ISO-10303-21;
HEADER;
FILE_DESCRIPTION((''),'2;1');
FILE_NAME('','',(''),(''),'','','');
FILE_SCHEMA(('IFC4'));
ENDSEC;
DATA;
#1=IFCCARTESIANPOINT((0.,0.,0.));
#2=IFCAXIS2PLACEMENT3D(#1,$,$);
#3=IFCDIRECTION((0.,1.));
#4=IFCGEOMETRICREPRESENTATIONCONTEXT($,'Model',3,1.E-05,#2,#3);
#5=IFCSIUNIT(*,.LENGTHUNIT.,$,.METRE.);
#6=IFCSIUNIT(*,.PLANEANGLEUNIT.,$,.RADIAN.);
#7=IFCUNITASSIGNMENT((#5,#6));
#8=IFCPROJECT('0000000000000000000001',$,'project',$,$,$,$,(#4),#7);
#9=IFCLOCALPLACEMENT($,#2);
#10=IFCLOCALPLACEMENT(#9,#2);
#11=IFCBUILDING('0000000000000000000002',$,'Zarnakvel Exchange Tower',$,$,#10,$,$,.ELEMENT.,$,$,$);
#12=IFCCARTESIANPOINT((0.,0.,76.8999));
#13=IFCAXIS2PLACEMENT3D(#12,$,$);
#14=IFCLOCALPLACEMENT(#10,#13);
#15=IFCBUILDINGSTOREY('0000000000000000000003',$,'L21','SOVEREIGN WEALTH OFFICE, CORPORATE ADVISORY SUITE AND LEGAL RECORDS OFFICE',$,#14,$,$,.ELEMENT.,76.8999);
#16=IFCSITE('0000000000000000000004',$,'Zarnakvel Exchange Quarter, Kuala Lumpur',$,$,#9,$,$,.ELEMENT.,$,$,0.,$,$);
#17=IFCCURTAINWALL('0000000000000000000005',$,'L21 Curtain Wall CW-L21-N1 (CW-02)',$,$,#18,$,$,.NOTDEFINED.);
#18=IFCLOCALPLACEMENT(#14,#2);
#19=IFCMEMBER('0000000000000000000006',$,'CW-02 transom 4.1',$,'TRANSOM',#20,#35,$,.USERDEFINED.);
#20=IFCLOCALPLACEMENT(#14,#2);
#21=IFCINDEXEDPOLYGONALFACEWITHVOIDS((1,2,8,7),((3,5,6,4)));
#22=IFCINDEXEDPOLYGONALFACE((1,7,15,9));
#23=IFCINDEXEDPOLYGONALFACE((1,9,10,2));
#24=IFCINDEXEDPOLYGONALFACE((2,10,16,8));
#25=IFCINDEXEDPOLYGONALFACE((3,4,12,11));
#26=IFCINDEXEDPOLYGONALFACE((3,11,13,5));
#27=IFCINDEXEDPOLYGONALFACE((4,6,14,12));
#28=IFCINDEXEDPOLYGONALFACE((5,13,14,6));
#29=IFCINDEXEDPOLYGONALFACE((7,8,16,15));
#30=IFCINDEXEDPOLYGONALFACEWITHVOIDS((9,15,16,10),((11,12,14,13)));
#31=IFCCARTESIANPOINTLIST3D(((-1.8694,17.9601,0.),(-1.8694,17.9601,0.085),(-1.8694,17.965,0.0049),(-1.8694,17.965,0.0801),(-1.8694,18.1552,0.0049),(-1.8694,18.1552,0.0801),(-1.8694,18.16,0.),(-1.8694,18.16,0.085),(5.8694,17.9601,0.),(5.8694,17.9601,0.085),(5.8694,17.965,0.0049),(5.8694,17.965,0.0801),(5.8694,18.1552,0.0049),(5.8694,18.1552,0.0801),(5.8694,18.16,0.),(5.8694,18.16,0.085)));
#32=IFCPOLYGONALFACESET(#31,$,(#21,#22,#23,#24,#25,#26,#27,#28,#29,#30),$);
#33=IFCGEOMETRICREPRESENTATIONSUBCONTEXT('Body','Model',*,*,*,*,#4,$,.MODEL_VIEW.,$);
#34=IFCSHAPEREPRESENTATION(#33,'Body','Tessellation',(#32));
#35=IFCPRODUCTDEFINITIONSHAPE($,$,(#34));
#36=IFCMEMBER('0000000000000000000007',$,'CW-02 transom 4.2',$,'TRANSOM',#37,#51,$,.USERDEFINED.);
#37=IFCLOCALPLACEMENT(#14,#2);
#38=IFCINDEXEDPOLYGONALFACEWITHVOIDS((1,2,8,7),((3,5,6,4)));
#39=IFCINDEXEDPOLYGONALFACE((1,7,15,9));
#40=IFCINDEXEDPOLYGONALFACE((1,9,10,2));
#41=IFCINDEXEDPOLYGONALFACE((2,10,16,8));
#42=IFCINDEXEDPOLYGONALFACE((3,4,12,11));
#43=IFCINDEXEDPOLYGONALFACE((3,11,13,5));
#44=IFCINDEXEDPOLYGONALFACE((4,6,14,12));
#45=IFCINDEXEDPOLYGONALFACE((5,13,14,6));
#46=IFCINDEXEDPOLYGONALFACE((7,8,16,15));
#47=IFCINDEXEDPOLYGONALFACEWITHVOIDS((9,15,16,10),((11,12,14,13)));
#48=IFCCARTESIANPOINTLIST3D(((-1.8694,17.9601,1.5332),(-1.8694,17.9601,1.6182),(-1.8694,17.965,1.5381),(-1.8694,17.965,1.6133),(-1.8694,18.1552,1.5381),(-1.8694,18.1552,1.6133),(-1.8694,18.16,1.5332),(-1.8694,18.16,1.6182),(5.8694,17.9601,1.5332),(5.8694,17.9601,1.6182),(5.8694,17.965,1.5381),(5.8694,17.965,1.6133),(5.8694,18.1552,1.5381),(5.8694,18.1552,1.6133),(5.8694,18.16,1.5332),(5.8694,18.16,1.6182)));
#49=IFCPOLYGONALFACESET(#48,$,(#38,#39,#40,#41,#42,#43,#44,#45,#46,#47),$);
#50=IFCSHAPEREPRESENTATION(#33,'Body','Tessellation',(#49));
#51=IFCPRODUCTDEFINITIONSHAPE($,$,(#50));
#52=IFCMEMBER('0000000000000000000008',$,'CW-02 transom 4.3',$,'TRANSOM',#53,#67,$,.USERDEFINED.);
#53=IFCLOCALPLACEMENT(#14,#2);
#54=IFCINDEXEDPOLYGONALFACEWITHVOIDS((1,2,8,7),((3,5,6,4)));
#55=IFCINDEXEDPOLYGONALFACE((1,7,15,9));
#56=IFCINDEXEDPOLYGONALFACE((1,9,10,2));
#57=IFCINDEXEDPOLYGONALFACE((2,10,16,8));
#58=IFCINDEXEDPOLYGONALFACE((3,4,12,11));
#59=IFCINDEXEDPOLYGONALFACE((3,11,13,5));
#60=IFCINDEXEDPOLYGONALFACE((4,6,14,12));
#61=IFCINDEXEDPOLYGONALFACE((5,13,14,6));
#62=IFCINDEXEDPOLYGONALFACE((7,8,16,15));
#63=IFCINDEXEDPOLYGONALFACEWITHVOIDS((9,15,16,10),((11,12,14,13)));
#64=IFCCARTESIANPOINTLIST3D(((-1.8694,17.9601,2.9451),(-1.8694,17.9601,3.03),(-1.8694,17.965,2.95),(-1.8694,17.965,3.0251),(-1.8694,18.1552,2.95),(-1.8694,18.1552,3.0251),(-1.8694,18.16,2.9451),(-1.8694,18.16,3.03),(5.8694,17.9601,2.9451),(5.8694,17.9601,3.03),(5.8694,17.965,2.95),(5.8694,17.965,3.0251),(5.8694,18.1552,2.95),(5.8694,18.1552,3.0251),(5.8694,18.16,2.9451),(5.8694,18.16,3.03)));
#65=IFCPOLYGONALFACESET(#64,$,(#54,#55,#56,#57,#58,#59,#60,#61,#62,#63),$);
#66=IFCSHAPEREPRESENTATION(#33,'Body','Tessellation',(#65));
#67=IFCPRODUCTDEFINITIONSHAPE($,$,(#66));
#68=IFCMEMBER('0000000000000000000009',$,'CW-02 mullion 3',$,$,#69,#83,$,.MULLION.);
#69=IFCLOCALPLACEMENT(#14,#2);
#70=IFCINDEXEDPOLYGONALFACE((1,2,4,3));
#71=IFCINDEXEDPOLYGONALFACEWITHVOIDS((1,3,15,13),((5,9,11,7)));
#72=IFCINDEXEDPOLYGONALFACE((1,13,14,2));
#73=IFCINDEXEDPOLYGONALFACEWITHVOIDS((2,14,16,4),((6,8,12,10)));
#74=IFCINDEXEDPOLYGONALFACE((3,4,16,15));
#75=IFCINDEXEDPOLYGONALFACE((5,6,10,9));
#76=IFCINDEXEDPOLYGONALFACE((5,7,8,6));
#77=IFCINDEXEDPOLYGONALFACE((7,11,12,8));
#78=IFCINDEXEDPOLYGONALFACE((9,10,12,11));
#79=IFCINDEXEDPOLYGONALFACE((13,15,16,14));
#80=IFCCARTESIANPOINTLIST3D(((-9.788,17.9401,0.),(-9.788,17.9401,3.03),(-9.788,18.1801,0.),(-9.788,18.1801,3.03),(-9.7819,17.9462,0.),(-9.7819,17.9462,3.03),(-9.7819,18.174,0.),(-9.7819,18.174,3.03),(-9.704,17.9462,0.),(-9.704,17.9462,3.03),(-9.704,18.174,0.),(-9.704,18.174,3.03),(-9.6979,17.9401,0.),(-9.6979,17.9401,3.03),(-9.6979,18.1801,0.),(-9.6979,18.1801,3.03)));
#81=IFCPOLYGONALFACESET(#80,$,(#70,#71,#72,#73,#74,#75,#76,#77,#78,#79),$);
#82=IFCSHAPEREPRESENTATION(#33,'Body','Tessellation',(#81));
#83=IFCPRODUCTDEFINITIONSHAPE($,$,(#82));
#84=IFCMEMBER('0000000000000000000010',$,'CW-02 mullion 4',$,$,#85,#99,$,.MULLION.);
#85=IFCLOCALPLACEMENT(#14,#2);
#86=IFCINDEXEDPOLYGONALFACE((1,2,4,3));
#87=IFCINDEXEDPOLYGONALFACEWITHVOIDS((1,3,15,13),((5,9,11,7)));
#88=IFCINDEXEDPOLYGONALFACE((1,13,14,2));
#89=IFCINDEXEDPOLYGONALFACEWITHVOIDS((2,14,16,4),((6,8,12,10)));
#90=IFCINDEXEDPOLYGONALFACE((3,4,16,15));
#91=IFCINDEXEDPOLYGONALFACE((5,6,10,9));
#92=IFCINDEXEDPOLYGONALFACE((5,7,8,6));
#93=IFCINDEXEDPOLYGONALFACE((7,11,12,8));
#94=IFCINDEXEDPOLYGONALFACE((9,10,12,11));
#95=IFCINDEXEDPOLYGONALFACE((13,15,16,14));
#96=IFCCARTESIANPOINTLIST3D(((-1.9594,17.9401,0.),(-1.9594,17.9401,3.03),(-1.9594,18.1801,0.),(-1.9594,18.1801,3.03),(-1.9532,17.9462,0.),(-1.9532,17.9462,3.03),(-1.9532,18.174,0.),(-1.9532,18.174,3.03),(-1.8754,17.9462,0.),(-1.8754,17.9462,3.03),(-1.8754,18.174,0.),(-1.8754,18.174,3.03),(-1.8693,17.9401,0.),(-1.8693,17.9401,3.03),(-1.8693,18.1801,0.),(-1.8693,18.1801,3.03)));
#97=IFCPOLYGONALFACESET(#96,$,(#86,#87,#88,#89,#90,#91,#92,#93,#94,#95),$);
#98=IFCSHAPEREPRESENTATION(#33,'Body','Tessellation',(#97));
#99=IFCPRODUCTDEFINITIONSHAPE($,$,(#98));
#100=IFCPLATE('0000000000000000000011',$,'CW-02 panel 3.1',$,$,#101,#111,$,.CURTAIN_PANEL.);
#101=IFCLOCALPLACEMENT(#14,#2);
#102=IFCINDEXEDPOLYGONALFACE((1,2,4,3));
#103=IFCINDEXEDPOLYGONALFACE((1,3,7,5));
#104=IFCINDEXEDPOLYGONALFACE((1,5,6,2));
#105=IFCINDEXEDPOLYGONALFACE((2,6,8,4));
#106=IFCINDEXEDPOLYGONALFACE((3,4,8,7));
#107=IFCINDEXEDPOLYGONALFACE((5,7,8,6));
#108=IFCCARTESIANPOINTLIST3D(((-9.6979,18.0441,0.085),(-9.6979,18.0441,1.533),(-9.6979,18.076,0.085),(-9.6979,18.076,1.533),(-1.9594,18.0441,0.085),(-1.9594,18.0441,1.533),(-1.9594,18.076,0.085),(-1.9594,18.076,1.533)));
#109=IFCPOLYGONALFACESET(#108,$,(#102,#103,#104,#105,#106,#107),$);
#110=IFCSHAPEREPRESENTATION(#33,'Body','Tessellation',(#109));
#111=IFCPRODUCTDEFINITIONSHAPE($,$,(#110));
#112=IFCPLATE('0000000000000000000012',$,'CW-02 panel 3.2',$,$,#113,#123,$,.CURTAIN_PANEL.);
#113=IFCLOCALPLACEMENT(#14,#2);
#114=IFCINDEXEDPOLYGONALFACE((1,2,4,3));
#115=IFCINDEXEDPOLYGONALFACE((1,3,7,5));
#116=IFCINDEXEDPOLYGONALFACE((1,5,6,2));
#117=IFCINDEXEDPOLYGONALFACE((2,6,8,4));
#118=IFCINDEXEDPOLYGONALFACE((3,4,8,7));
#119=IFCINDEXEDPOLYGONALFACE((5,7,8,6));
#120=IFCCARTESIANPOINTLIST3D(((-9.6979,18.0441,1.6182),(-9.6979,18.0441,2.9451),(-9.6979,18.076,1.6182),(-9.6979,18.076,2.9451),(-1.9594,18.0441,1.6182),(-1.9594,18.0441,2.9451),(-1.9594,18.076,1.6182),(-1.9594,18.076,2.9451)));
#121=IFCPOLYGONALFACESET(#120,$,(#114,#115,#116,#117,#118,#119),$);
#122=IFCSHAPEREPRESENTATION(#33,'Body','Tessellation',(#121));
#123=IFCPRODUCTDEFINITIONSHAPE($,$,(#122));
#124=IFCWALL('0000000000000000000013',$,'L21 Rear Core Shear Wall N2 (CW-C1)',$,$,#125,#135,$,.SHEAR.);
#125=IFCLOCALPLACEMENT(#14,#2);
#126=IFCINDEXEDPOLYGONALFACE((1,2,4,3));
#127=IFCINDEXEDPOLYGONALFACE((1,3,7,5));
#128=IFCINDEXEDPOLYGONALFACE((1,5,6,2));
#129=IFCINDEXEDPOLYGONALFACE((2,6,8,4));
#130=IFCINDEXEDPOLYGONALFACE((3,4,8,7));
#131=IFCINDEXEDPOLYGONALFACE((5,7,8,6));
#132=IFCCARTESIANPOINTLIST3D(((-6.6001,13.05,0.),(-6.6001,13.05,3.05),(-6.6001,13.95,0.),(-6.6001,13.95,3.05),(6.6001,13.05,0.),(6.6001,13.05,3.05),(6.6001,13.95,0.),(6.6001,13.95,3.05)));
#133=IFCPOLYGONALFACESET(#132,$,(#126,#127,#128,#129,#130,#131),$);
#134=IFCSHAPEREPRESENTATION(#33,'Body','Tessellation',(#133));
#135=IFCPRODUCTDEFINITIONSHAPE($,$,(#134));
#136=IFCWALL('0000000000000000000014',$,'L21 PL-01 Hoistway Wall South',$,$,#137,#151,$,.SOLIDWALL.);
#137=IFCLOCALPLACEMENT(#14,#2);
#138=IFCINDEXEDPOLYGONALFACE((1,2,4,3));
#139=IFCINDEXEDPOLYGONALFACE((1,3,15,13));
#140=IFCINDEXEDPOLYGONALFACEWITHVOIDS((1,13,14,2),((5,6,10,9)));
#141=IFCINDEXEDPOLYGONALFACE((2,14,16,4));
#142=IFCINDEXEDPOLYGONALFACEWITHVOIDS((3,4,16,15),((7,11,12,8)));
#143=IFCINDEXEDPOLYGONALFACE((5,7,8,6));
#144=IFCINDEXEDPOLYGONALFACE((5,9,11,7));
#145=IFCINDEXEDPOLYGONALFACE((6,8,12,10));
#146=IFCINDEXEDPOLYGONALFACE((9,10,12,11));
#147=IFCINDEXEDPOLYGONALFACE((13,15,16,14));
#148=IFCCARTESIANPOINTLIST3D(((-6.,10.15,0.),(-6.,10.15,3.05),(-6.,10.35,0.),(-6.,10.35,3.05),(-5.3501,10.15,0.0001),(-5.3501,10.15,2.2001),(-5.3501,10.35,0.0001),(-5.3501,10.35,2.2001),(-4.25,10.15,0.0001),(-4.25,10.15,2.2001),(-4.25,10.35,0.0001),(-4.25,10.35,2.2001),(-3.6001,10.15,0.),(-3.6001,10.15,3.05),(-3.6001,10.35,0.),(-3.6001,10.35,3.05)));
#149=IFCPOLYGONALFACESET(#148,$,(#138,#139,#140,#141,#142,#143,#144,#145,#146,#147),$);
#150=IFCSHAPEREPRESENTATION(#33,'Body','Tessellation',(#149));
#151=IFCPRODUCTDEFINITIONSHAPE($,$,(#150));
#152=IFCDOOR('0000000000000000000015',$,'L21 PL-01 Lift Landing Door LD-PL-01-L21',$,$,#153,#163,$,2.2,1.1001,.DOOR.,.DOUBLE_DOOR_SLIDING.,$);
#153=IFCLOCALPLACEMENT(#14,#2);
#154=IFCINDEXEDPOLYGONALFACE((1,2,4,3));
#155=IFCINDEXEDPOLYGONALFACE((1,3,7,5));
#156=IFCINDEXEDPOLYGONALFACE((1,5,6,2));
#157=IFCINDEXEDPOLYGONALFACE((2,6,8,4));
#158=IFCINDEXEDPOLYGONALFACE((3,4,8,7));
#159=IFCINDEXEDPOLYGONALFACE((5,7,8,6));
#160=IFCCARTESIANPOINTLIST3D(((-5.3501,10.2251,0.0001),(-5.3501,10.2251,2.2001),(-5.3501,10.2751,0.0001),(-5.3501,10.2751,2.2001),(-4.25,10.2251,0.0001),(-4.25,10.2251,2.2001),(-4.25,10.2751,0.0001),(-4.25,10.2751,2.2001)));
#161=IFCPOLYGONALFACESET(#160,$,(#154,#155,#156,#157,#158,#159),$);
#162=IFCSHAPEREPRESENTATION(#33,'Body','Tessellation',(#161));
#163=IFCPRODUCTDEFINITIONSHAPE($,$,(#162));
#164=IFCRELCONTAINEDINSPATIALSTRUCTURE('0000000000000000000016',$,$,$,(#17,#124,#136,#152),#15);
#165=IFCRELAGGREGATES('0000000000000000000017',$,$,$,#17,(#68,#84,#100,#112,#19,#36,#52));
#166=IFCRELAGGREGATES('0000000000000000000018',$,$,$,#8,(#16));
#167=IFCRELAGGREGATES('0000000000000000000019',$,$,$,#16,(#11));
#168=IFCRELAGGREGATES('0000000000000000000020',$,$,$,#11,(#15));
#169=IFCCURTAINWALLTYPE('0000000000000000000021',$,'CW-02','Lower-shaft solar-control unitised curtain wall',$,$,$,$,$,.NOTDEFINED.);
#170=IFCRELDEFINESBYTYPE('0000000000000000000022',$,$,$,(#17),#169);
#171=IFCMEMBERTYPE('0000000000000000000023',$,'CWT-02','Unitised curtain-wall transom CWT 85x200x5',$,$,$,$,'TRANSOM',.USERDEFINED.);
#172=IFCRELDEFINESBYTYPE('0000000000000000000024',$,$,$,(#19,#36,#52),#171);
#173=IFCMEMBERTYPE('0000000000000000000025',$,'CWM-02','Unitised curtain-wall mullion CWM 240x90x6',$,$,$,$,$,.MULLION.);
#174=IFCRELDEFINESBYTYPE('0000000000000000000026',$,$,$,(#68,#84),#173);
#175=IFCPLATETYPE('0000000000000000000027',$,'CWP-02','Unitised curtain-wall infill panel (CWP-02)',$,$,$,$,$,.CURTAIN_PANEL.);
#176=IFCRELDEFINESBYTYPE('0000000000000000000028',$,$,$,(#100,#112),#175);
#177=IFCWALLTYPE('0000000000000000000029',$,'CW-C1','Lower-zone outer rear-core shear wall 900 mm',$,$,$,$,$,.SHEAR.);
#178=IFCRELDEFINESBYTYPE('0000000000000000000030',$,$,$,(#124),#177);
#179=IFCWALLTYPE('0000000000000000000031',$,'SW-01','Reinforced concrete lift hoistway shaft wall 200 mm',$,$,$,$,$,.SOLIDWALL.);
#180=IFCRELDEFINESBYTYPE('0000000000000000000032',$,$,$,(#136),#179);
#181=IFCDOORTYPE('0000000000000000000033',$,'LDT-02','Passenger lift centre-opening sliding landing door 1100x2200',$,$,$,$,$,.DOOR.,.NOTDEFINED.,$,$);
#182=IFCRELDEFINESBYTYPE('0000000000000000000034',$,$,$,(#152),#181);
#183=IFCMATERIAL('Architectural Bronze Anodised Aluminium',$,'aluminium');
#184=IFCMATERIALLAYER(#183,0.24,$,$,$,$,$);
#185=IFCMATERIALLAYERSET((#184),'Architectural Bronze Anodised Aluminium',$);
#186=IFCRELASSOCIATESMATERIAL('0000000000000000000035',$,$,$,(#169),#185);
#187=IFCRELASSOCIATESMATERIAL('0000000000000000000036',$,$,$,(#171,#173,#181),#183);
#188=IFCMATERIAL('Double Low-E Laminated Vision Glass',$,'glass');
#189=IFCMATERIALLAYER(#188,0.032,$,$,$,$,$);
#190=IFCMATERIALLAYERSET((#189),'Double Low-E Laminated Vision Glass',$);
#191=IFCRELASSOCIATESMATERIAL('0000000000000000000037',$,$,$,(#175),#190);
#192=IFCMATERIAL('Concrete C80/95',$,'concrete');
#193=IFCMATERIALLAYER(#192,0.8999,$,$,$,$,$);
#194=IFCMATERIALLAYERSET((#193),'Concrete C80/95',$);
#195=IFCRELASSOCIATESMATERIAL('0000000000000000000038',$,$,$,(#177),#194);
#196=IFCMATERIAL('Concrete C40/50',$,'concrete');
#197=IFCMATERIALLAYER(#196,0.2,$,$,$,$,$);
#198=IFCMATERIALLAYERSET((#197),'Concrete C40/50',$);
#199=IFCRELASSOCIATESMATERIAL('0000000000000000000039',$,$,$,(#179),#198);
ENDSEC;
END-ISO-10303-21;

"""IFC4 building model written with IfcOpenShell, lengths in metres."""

from ifc_helpers import new_model, si_unit, direction, frame, frame_2d, origin, origin_2d, place, context, subcontext, project, spatial, rectangle, hollow_rectangle, extrude, source, transform, mapped, material, layer, layer_set, material_profile, profile_set, type_object, element, fill, aggregate, save


model = new_model("IFC4")

# Units and contexts
model_context = context("Model", 3, precision=1e-05, world=origin(), true_north=direction((0.0, 1.0)))
body_context = subcontext(model_context, "Body", "Model", "MODEL_VIEW")
ifc_project = project(units=[si_unit("LENGTHUNIT", "METRE"), si_unit("PLANEANGLEUNIT", "RADIAN")], contexts=[model_context])

# Site, building, storey
site_placement = place(None, origin())
site = spatial("IfcSite", under=ifc_project, at=site_placement, Name="Zarnakvel Exchange Quarter, Kuala Lumpur", CompositionType="ELEMENT", RefElevation=0.0)
building_placement = place(site_placement, origin())
building = spatial("IfcBuilding", under=site, at=building_placement, Name="Zarnakvel Exchange Tower", CompositionType="ELEMENT")
storey_placement = place(building_placement, frame((0.0, 0.0, 76.8999)))
storey = spatial("IfcBuildingStorey", under=building, at=storey_placement, Name="L21", Description="SOVEREIGN WEALTH OFFICE, CORPORATE ADVISORY SUITE AND LEGAL RECORDS OFFICE", CompositionType="ELEMENT", Elevation=76.8999)

# Shared definitions
ifc_material_1 = material(Name="Concrete C80/95", Category="concrete")

# Curtain wall, members, plates
ifc_material_2 = material(Name="Architectural Bronze Anodised Aluminium", Category="aluminium")
ifc_layer_1 = layer(ifc_material_2, 0.24)
ifc_layer_set_1 = layer_set([ifc_layer_1], Name="Architectural Bronze Anodised Aluminium")
curtain_wall_type = type_object("IfcCurtainWallType", Name="CW-02", Description="Lower-shaft solar-control unitised curtain wall", PredefinedType="NOTDEFINED", material=ifc_layer_set_1)
curtain_wall_placement = place(storey_placement, origin())
curtain_wall = element("IfcCurtainWall", 1, at=curtain_wall_placement, inside=storey, type_object=curtain_wall_type, Name="L21 Curtain Wall CW-L21-N1 (CW-02)", PredefinedType="NOTDEFINED")
ifc_material_profile_1 = material_profile(ifc_material_2, hollow_rectangle(XDim=0.2, YDim=0.085, WallThickness=0.0049, at=origin_2d()))
ifc_profile_set_1 = profile_set([ifc_material_profile_1], Name="Architectural Bronze Anodised Aluminium")
member_type_1 = type_object("IfcMemberType", Name="CWT-02", Description="Unitised curtain-wall transom CWT 85x200x5", ElementType="TRANSOM", PredefinedType="USERDEFINED", material=ifc_profile_set_1)
shared_shape_1 = source(origin(), body_context, "Body", "SweptSolid", [
    extrude(hollow_rectangle(XDim=0.2, YDim=0.085, WallThickness=0.0049, at=origin_2d()), origin(), (0.0, 0.0, 1.0), 7.7388),
])
member_1_placement = place(storey_placement, frame((-1.8694, 18.0601, 0.0425), z_axis=(1.0, 0.0, 0.0), x_axis=(0.0, 1.0, 0.0)))
member_1 = element("IfcMember", 2, at=member_1_placement, type_object=member_type_1, Name="CW-02 transom 4.1", ObjectType="TRANSOM", PredefinedType="USERDEFINED", context=body_context, shape_type="MappedRepresentation", body=[
    mapped(shared_shape_1, transform((0.0, 0.0, 0.0), x_axis=(1.0, 0.0, 0.0), y_axis=(0.0, 1.0, 0.0), z_axis=(0.0, 0.0, 1.0), scale=1.0)),
])
member_2_placement = place(storey_placement, frame((-1.8694, 18.0601, 1.5757), z_axis=(1.0, 0.0, 0.0), x_axis=(0.0, 1.0, 0.0)))
member_2 = element("IfcMember", 3, at=member_2_placement, type_object=member_type_1, Name="CW-02 transom 4.2", ObjectType="TRANSOM", PredefinedType="USERDEFINED", context=body_context, shape_type="MappedRepresentation", body=[
    mapped(shared_shape_1, transform((0.0, 0.0, 0.0), x_axis=(1.0, 0.0, 0.0), y_axis=(0.0, 1.0, 0.0), z_axis=(0.0, 0.0, 1.0), scale=1.0)),
])
member_3_placement = place(storey_placement, frame((-1.8694, 18.0601, 2.9875), z_axis=(1.0, 0.0, 0.0), x_axis=(0.0, 1.0, 0.0)))
member_3 = element("IfcMember", 4, at=member_3_placement, type_object=member_type_1, Name="CW-02 transom 4.3", ObjectType="TRANSOM", PredefinedType="USERDEFINED", context=body_context, shape_type="MappedRepresentation", body=[
    mapped(shared_shape_1, transform((0.0, 0.0, 0.0), x_axis=(1.0, 0.0, 0.0), y_axis=(0.0, 1.0, 0.0), z_axis=(0.0, 0.0, 1.0), scale=1.0)),
])
ifc_material_profile_2 = material_profile(ifc_material_2, hollow_rectangle(XDim=0.24, YDim=0.0901, WallThickness=0.0061, at=origin_2d()))
ifc_profile_set_2 = profile_set([ifc_material_profile_2], Name="Architectural Bronze Anodised Aluminium")
member_type_2 = type_object("IfcMemberType", Name="CWM-02", Description="Unitised curtain-wall mullion CWM 240x90x6", PredefinedType="MULLION", material=ifc_profile_set_2)
shared_shape_2 = source(origin(), body_context, "Body", "SweptSolid", [
    extrude(hollow_rectangle(XDim=0.24, YDim=0.0901, WallThickness=0.0061, at=origin_2d()), origin(), (0.0, 0.0, 1.0), 3.03),
])
member_4_placement = place(storey_placement, frame((-9.7429, 18.0601, 0.0), z_axis=(0.0, 0.0, 1.0), x_axis=(0.0, 1.0, 0.0)))
member_4 = element("IfcMember", 5, at=member_4_placement, type_object=member_type_2, Name="CW-02 mullion 3", PredefinedType="MULLION", context=body_context, shape_type="MappedRepresentation", body=[
    mapped(shared_shape_2, transform((0.0, 0.0, 0.0), x_axis=(1.0, 0.0, 0.0), y_axis=(0.0, 1.0, 0.0), z_axis=(0.0, 0.0, 1.0), scale=1.0)),
])
member_5_placement = place(storey_placement, frame((-1.9143, 18.0601, 0.0), z_axis=(0.0, 0.0, 1.0), x_axis=(0.0, 1.0, 0.0)))
member_5 = element("IfcMember", 6, at=member_5_placement, type_object=member_type_2, Name="CW-02 mullion 4", PredefinedType="MULLION", context=body_context, shape_type="MappedRepresentation", body=[
    mapped(shared_shape_2, transform((0.0, 0.0, 0.0), x_axis=(1.0, 0.0, 0.0), y_axis=(0.0, 1.0, 0.0), z_axis=(0.0, 0.0, 1.0), scale=1.0)),
])
ifc_material_3 = material(Name="Double Low-E Laminated Vision Glass", Category="glass")
ifc_layer_2 = layer(ifc_material_3, 0.032)
ifc_layer_set_2 = layer_set([ifc_layer_2], Name="Double Low-E Laminated Vision Glass")
plate_type = type_object("IfcPlateType", Name="CWP-02", Description="Unitised curtain-wall infill panel (CWP-02)", PredefinedType="CURTAIN_PANEL", material=ifc_layer_set_2)
shared_shape_3 = source(origin(), body_context, "Body", "SweptSolid", [
    extrude(rectangle(XDim=7.7385, YDim=0.032, at=origin_2d()), origin(), (0.0, 0.0, 1.0), 1.448),
])
plate_1_placement = place(storey_placement, frame((-5.8286, 18.0601, 0.085), z_axis=(0.0, 0.0, 1.0), x_axis=(1.0, 0.0, 0.0)))
plate_1 = element("IfcPlate", 7, at=plate_1_placement, type_object=plate_type, Name="CW-02 panel 3.1", PredefinedType="CURTAIN_PANEL", context=body_context, shape_type="MappedRepresentation", body=[
    mapped(shared_shape_3, transform((0.0, 0.0, 0.0), x_axis=(1.0, 0.0, 0.0), y_axis=(0.0, 1.0, 0.0), z_axis=(0.0, 0.0, 1.0), scale=1.0)),
])
shared_shape_4 = source(origin(), body_context, "Body", "SweptSolid", [
    extrude(rectangle(XDim=7.7385, YDim=0.032, at=origin_2d()), origin(), (0.0, 0.0, 1.0), 1.3269),
])
plate_2_placement = place(storey_placement, frame((-5.8286, 18.0601, 1.6182), z_axis=(0.0, 0.0, 1.0), x_axis=(1.0, 0.0, 0.0)))
plate_2 = element("IfcPlate", 8, at=plate_2_placement, type_object=plate_type, Name="CW-02 panel 3.2", PredefinedType="CURTAIN_PANEL", context=body_context, shape_type="MappedRepresentation", body=[
    mapped(shared_shape_4, transform((0.0, 0.0, 0.0), x_axis=(1.0, 0.0, 0.0), y_axis=(0.0, 1.0, 0.0), z_axis=(0.0, 0.0, 1.0), scale=1.0)),
])
aggregate(curtain_wall, [member_4, member_5, plate_1, plate_2, member_1, member_2, member_3])

# Wall
ifc_layer_3 = layer(ifc_material_1, 0.8999)
ifc_layer_set_3 = layer_set([ifc_layer_3], Name="Concrete C80/95")
wall_type_1 = type_object("IfcWallType", Name="CW-C1", Description="Lower-zone outer rear-core shear wall 900 mm", PredefinedType="SHEAR", material=ifc_layer_set_3)
wall_1_placement = place(storey_placement, frame((-6.6001, 13.5, 0.0), z_axis=(0.0, 0.0, 1.0), x_axis=(1.0, 0.0, 0.0)))
element("IfcWall", 9, at=wall_1_placement, inside=storey, type_object=wall_type_1, Name="L21 Rear Core Shear Wall N2 (CW-C1)", PredefinedType="SHEAR", context=body_context, shape_type="SweptSolid", body=[
    extrude(rectangle(XDim=13.2002, YDim=0.8999, at=frame_2d((6.6001, 0.0))), origin(), (0.0, 0.0, 1.0), 3.05),
])

# Wall, opening, door
ifc_material_4 = material(Name="Concrete C40/50", Category="concrete")
ifc_layer_4 = layer(ifc_material_4, 0.2)
ifc_layer_set_4 = layer_set([ifc_layer_4], Name="Concrete C40/50")
wall_type_2 = type_object("IfcWallType", Name="SW-01", Description="Reinforced concrete lift hoistway shaft wall 200 mm", PredefinedType="SOLIDWALL", material=ifc_layer_set_4)
wall_2_placement = place(storey_placement, frame((-3.6001, 10.25, 0.0), z_axis=(0.0, 0.0, 1.0), x_axis=(-1.0, 0.0, 0.0)))
wall_2 = element("IfcWall", 10, at=wall_2_placement, inside=storey, type_object=wall_type_2, Name="L21 PL-01 Hoistway Wall South", PredefinedType="SOLIDWALL", context=body_context, shape_type="SweptSolid", body=[
    extrude(rectangle(XDim=2.3999, YDim=0.2, at=frame_2d((1.2, 0.0))), origin(), (0.0, 0.0, 1.0), 3.05),
])
opening_1_placement = place(wall_2_placement, frame((0.6499, 0.0, 0.0)))
opening_1 = element("IfcOpeningElement", 11, at=opening_1_placement, cuts=wall_2, PredefinedType="OPENING", context=body_context, shape_type="SweptSolid", body=[
    extrude(rectangle(XDim=1.1001, YDim=2.2, at=frame_2d((0.55, 1.1001))), frame((0.0, 0.1099, 0.0), z_axis=(0.0, -1.0, 0.0), x_axis=(1.0, 0.0, 0.0)), (0.0, 0.0, 1.0), 0.22),
])
door_type = type_object("IfcDoorType", Name="LDT-02", Description="Passenger lift centre-opening sliding landing door 1100x2200", OperationType="NOTDEFINED", PredefinedType="DOOR", material=ifc_material_2)
shared_shape_5 = source(origin(), body_context, "Body", "SweptSolid", [
    extrude(rectangle(XDim=1.1001, YDim=2.2, at=frame_2d((0.55, 1.1001))), frame((0.0, 0.0249, 0.0), z_axis=(0.0, -1.0, 0.0), x_axis=(1.0, 0.0, 0.0)), (0.0, 0.0, 1.0), 0.05),
])
door_1_placement = place(opening_1_placement, origin())
door_1 = element("IfcDoor", 12, at=door_1_placement, inside=storey, type_object=door_type, Name="L21 PL-01 Lift Landing Door LD-PL-01-L21", OperationType="DOUBLE_DOOR_SLIDING", OverallHeight=2.2, OverallWidth=1.1001, PredefinedType="DOOR", context=body_context, shape_type="MappedRepresentation", body=[
    mapped(shared_shape_5, transform((0.0, 0.0, 0.0), x_axis=(1.0, 0.0, 0.0), y_axis=(0.0, 1.0, 0.0), z_axis=(0.0, 0.0, 1.0), scale=1.0)),
])
fill(opening_1, door_1)

save(model, "model.ifc")
